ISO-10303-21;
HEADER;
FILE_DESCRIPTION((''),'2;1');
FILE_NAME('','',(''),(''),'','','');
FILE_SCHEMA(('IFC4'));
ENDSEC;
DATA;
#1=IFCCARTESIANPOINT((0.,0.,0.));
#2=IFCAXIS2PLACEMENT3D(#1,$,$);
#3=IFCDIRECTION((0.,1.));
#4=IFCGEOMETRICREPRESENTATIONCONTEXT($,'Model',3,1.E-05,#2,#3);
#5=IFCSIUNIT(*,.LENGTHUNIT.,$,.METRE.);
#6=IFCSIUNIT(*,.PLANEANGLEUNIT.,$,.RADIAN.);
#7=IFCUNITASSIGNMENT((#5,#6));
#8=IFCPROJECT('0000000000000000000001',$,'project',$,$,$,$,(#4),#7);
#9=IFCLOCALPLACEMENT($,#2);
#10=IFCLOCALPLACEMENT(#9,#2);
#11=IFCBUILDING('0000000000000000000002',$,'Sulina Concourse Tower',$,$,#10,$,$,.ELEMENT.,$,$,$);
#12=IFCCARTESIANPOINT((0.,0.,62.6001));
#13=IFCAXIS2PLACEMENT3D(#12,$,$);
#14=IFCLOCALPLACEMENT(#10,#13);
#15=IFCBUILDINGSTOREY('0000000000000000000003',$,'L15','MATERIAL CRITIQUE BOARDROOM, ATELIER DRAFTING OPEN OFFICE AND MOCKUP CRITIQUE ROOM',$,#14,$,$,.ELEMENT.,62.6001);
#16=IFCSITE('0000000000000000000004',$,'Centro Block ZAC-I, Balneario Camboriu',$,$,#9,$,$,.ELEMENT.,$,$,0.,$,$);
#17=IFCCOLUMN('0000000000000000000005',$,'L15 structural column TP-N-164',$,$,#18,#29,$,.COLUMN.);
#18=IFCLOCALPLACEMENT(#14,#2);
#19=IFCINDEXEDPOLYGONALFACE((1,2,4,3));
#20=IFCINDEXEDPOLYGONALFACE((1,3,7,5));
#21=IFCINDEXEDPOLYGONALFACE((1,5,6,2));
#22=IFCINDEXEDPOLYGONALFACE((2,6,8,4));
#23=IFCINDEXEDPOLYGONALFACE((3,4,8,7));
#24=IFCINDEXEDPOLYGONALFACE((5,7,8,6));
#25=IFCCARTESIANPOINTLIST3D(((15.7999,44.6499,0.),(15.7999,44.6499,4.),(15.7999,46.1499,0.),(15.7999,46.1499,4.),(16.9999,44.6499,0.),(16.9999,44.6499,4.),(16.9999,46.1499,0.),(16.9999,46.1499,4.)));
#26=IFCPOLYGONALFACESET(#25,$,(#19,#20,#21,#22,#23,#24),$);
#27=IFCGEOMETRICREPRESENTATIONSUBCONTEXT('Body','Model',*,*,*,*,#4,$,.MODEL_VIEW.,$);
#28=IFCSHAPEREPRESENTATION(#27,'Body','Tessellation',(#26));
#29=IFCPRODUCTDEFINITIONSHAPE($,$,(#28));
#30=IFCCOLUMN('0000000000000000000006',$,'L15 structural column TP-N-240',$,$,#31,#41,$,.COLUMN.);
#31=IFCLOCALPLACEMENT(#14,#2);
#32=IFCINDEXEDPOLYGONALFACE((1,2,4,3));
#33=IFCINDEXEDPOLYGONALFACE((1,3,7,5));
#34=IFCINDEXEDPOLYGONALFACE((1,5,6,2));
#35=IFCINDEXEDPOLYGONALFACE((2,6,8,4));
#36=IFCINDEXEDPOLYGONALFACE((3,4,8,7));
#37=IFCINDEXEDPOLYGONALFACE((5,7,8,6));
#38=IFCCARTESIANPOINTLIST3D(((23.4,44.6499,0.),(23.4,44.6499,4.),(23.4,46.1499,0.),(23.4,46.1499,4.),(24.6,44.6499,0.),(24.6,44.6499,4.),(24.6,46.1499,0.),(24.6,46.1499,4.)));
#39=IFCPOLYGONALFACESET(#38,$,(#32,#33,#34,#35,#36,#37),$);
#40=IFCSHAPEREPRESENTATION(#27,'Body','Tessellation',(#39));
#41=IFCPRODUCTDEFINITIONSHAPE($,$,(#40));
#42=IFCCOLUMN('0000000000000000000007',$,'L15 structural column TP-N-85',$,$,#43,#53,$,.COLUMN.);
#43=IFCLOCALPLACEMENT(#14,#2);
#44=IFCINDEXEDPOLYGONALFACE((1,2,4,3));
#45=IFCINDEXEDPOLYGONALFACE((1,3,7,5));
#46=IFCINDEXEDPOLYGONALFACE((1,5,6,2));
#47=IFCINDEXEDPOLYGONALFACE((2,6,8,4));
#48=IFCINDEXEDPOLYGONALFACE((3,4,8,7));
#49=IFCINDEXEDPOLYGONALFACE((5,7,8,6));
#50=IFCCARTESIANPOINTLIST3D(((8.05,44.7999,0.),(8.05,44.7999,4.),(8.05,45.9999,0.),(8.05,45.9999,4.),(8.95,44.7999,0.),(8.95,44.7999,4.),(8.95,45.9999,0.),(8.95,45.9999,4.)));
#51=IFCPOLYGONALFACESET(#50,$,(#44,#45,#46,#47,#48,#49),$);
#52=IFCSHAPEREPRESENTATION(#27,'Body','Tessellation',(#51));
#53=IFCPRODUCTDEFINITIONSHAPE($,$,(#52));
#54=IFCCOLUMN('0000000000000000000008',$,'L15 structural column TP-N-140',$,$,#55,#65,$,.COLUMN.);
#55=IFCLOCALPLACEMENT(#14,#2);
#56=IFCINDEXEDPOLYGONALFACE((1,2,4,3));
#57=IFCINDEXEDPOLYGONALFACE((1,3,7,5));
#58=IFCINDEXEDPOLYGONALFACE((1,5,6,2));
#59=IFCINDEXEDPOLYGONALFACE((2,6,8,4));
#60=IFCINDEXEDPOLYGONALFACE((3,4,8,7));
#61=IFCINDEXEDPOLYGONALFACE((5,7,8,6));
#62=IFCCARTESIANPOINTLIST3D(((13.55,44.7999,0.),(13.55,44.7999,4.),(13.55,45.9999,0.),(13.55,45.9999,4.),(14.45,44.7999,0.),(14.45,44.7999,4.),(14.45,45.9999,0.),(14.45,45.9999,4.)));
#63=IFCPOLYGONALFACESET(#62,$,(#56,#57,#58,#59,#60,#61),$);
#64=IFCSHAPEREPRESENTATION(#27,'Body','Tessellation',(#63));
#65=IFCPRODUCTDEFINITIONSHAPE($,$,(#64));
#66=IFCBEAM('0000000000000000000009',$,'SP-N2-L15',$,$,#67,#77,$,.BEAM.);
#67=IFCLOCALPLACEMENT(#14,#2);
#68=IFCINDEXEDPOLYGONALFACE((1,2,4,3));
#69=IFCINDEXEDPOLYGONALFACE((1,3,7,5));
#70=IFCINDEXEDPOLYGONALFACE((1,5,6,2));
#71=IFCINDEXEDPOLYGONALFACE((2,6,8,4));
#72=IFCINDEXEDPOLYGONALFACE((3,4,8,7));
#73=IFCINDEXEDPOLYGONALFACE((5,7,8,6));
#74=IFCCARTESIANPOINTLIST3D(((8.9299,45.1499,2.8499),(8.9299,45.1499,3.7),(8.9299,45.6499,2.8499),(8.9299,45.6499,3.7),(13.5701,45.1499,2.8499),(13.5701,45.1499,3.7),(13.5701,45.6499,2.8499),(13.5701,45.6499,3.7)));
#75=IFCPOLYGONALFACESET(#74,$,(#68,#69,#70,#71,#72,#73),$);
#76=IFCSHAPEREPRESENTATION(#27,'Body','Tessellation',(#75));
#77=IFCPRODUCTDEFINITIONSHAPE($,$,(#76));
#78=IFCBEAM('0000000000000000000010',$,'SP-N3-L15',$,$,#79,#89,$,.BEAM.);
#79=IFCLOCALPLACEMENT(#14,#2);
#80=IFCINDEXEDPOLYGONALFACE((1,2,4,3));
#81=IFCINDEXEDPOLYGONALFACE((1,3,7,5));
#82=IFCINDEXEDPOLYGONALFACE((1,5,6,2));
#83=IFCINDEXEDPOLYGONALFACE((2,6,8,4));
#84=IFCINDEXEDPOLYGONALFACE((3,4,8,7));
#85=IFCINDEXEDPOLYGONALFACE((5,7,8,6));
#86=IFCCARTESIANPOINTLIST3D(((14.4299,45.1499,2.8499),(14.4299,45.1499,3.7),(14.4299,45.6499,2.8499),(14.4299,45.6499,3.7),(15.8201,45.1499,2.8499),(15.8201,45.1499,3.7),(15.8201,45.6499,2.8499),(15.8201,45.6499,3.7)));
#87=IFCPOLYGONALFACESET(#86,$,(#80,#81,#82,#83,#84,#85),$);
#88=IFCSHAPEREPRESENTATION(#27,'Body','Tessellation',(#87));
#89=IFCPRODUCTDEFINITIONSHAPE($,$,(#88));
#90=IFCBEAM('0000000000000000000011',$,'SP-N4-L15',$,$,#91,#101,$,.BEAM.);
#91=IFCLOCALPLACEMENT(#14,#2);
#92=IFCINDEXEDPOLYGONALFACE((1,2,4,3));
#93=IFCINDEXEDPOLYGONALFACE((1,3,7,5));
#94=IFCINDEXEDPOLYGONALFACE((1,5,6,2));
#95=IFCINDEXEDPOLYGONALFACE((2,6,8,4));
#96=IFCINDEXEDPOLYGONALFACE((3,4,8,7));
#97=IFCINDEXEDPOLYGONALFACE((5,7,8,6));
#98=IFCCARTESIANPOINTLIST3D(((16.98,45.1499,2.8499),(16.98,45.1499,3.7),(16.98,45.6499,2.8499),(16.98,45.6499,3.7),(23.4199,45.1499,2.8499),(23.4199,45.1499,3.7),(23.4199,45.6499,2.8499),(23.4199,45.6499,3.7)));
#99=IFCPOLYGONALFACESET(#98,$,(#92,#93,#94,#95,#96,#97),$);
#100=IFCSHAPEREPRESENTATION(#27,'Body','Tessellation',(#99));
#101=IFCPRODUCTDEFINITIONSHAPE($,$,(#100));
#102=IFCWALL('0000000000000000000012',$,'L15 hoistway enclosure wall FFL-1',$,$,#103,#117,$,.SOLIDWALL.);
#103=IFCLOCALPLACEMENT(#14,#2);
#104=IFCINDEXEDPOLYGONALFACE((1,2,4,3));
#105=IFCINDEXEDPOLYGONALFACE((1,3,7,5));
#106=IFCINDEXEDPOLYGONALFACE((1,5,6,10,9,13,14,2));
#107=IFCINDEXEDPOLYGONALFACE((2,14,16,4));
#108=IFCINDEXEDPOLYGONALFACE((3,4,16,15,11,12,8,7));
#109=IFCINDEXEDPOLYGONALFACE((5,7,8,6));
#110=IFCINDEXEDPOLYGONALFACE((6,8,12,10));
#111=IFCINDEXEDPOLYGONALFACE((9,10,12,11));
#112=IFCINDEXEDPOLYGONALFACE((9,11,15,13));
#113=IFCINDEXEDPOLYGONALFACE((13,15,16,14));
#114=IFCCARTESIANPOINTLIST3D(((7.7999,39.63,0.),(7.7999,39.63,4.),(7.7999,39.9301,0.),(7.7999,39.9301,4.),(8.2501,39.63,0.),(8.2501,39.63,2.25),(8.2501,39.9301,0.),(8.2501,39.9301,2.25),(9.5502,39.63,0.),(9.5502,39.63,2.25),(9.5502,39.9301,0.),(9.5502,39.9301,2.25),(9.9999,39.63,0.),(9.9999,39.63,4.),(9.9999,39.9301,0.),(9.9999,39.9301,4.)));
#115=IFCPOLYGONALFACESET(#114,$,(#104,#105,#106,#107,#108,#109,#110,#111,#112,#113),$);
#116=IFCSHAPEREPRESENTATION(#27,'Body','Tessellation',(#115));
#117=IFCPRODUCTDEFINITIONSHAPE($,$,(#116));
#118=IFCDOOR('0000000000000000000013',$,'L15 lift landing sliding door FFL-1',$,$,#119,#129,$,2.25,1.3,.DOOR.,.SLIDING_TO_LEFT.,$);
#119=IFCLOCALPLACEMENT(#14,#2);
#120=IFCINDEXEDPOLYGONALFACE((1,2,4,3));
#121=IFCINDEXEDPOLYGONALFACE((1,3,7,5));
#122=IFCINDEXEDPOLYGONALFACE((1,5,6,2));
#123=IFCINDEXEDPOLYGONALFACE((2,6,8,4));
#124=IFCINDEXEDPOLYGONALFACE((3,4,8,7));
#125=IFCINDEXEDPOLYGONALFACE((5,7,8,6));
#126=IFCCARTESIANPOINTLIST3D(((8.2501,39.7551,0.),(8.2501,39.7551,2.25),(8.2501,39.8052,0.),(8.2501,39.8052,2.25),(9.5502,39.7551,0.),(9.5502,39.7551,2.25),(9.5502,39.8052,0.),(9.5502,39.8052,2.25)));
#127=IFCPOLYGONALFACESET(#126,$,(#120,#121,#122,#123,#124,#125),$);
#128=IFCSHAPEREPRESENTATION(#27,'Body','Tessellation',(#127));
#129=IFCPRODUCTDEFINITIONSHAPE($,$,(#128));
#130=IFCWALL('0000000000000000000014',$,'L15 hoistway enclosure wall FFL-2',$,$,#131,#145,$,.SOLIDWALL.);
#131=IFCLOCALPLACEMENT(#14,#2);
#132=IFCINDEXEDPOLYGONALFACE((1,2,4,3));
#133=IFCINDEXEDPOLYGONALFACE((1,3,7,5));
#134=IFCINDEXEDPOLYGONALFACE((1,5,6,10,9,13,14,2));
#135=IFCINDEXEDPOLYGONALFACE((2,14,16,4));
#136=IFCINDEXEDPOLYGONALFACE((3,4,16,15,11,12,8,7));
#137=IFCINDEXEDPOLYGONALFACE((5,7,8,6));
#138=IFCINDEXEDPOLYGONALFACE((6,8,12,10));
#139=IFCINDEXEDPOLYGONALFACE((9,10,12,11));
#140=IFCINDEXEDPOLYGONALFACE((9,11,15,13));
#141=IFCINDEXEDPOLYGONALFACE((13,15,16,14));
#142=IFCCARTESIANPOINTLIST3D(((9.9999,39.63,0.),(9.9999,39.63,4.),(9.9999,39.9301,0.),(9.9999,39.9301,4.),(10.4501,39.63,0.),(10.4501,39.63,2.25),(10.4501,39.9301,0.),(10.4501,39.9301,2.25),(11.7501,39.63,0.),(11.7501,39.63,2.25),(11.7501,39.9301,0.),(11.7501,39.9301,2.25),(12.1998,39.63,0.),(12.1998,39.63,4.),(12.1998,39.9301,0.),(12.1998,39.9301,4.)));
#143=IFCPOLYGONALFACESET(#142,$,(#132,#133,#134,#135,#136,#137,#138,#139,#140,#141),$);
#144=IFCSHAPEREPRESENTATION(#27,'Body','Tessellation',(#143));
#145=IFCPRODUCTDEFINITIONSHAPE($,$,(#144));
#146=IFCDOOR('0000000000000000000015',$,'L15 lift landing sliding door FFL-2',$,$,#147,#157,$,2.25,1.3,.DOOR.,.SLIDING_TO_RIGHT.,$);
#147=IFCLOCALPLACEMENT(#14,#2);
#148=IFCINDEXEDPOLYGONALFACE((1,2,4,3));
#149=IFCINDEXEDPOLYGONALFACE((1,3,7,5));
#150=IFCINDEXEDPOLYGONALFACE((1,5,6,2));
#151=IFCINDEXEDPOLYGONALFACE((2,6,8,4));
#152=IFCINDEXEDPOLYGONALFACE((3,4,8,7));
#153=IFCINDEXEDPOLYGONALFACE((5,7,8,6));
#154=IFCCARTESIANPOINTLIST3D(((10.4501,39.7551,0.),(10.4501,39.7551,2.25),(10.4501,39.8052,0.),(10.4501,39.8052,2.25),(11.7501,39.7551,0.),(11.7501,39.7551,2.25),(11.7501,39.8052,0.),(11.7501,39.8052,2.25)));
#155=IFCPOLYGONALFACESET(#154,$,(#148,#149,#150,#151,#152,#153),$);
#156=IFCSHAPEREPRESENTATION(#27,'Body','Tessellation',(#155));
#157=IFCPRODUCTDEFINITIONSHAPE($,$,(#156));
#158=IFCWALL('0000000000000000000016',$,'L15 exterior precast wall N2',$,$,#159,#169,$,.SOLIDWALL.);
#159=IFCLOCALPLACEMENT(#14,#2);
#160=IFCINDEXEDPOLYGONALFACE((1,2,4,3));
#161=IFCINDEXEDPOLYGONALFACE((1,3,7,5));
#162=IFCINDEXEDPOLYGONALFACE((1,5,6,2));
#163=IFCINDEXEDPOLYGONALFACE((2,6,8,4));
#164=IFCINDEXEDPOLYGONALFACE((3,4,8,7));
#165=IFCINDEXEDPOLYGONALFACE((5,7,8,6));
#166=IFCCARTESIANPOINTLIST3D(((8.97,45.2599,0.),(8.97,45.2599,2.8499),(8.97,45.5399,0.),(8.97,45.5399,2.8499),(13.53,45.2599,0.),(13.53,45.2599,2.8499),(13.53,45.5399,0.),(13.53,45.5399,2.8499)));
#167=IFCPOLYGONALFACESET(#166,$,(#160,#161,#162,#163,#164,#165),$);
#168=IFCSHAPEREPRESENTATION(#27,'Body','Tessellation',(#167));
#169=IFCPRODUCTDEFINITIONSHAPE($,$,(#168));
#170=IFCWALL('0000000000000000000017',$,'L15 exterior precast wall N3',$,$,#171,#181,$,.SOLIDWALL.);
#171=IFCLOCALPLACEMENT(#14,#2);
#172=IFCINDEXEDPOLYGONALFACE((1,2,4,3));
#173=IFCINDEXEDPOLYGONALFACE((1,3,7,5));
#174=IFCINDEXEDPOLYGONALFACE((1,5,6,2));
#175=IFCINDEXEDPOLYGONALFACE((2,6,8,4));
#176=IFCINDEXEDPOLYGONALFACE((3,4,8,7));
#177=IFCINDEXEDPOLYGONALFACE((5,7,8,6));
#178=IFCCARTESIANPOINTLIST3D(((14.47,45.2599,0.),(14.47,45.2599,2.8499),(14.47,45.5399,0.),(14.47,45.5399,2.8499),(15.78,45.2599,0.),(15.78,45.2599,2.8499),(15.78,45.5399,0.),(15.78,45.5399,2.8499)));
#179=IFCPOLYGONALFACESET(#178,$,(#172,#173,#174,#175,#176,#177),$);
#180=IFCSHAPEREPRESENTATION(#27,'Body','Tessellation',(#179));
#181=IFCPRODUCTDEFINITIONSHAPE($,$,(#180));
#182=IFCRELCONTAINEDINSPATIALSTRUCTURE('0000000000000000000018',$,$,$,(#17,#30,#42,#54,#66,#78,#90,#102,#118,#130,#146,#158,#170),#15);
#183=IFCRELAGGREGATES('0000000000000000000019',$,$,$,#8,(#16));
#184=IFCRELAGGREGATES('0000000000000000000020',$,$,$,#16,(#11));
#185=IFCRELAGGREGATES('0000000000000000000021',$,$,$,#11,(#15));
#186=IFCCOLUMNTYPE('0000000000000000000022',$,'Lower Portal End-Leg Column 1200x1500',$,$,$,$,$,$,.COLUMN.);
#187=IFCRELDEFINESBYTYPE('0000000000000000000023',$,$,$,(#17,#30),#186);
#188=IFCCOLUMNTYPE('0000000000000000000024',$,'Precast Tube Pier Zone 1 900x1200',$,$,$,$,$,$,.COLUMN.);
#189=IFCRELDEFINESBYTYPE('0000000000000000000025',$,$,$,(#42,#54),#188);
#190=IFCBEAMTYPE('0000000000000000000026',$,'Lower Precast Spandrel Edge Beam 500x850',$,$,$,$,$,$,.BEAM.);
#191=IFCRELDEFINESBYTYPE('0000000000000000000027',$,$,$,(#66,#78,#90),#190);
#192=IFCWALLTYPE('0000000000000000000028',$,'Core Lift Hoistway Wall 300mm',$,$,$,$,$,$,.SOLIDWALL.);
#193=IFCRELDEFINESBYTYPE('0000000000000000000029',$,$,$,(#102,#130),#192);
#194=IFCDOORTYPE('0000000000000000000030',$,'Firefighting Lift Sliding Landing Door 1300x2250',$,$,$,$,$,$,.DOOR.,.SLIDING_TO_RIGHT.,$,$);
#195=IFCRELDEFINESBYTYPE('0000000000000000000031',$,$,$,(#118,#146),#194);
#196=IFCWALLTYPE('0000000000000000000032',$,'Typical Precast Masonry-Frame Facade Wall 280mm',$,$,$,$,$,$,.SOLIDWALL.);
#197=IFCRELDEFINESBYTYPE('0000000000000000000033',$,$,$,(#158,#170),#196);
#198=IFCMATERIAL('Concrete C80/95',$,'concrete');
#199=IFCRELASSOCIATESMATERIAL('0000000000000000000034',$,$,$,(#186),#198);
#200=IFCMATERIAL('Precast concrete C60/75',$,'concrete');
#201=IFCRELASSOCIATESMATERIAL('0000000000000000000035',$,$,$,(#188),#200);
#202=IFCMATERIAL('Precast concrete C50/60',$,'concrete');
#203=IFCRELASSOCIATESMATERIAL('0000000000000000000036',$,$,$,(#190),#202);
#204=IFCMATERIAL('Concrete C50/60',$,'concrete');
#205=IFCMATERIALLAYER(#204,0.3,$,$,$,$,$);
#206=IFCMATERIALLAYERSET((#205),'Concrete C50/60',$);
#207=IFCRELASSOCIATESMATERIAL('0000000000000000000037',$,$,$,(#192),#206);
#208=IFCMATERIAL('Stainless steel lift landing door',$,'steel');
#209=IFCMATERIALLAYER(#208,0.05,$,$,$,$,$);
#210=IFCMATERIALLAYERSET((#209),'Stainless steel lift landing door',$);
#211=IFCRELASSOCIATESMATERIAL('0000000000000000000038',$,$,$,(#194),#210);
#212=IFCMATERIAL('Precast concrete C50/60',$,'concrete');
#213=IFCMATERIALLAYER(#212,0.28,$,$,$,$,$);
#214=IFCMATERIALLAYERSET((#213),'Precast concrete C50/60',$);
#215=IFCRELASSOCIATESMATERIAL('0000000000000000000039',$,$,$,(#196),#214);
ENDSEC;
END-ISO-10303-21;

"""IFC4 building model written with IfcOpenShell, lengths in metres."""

from ifc_helpers import new_model, si_unit, direction, frame, frame_2d, origin, origin_2d, place, context, subcontext, project, spatial, rectangle, extrude, material, layer, layer_set, material_profile, profile_set, type_object, element, fill, save


model = new_model("IFC4")

# Units and contexts
model_context = context("Model", 3, precision=1e-05, world=origin(), true_north=direction((0.0, 1.0)))
body_context = subcontext(model_context, "Body", "Model", "MODEL_VIEW")
ifc_project = project(units=[si_unit("LENGTHUNIT", "METRE"), si_unit("PLANEANGLEUNIT", "RADIAN")], contexts=[model_context])

# Site, building, storey
site_placement = place(None, origin())
site = spatial("IfcSite", under=ifc_project, at=site_placement, Name="Centro Block ZAC-I, Balneario Camboriu", CompositionType="ELEMENT", RefElevation=0.0)
building_placement = place(site_placement, origin())
building = spatial("IfcBuilding", under=site, at=building_placement, Name="Sulina Concourse Tower", CompositionType="ELEMENT")
storey_placement = place(building_placement, frame((0.0, 0.0, 62.6001)))
storey = spatial("IfcBuildingStorey", under=building, at=storey_placement, Name="L15", Description="MATERIAL CRITIQUE BOARDROOM, ATELIER DRAFTING OPEN OFFICE AND MOCKUP CRITIQUE ROOM", CompositionType="ELEMENT", Elevation=62.6001)

# Columns
ifc_material_1 = material(Name="Concrete C80/95", Category="concrete")
ifc_material_profile_1 = material_profile(ifc_material_1, rectangle(XDim=1.2, YDim=1.5, at=origin_2d()), Name="RC 1200x1500")
ifc_profile_set_1 = profile_set([ifc_material_profile_1], Name="Concrete C80/95")
column_type_1 = type_object("IfcColumnType", Name="Lower Portal End-Leg Column 1200x1500", PredefinedType="COLUMN", material=ifc_profile_set_1)
for number, where, z_axis, x_axis, name in (
    (1, (16.3999, 45.3999, 0.0), (0.0, 0.0, 1.0), (1.0, 0.0, 0.0), "L15 structural column TP-N-164"),
    (2, (24.0, 45.3999, 0.0), (0.0, 0.0, 1.0), (1.0, 0.0, 0.0), "L15 structural column TP-N-240"),
):
    element("IfcColumn", number, at=place(storey_placement, frame(where, z_axis=z_axis, x_axis=x_axis)), inside=storey, type_object=column_type_1, Name=name, PredefinedType="COLUMN", context=body_context, shape_type="SweptSolid", body=[
        extrude(rectangle(XDim=1.2, YDim=1.5, at=origin_2d()), origin(), (0.0, 0.0, 1.0), 4.0),
    ])
ifc_material_2 = material(Name="Precast concrete C60/75", Category="concrete")
ifc_material_profile_2 = material_profile(ifc_material_2, rectangle(XDim=0.8999, YDim=1.2, at=origin_2d()), Name="PC 900x1200")
ifc_profile_set_2 = profile_set([ifc_material_profile_2], Name="Precast concrete C60/75")
column_type_2 = type_object("IfcColumnType", Name="Precast Tube Pier Zone 1 900x1200", PredefinedType="COLUMN", material=ifc_profile_set_2)
for number, where, z_axis, x_axis, name in (
    (3, (8.5, 45.3999, 0.0), (0.0, 0.0, 1.0), (1.0, 0.0, 0.0), "L15 structural column TP-N-85"),
    (4, (14.0, 45.3999, 0.0), (0.0, 0.0, 1.0), (1.0, 0.0, 0.0), "L15 structural column TP-N-140"),
):
    element("IfcColumn", number, at=place(storey_placement, frame(where, z_axis=z_axis, x_axis=x_axis)), inside=storey, type_object=column_type_2, Name=name, PredefinedType="COLUMN", context=body_context, shape_type="SweptSolid", body=[
        extrude(rectangle(XDim=0.8999, YDim=1.2, at=origin_2d()), origin(), (0.0, 0.0, 1.0), 4.0),
    ])

# Beams
ifc_material_3 = material(Name="Precast concrete C50/60", Category="concrete")
ifc_material_profile_3 = material_profile(ifc_material_3, rectangle(XDim=0.5, YDim=0.8501, at=origin_2d()), Name="RC 500x850")
ifc_profile_set_3 = profile_set([ifc_material_profile_3], Name="Precast concrete C50/60")
beam_type = type_object("IfcBeamType", Name="Lower Precast Spandrel Edge Beam 500x850", PredefinedType="BEAM", material=ifc_profile_set_3)
beam_1_placement = place(storey_placement, frame((8.9299, 45.3999, 3.2749), z_axis=(1.0, 0.0, 0.0), x_axis=(0.0, 1.0, 0.0)))
element("IfcBeam", 5, at=beam_1_placement, inside=storey, type_object=beam_type, Name="SP-N2-L15", PredefinedType="BEAM", context=body_context, shape_type="SweptSolid", body=[
    extrude(rectangle(XDim=0.5, YDim=0.8501, at=origin_2d()), origin(), (0.0, 0.0, 1.0), 4.6401),
])
beam_2_placement = place(storey_placement, frame((14.4299, 45.3999, 3.2749), z_axis=(1.0, 0.0, 0.0), x_axis=(0.0, 1.0, 0.0)))
element("IfcBeam", 6, at=beam_2_placement, inside=storey, type_object=beam_type, Name="SP-N3-L15", PredefinedType="BEAM", context=body_context, shape_type="SweptSolid", body=[
    extrude(rectangle(XDim=0.5, YDim=0.8501, at=origin_2d()), origin(), (0.0, 0.0, 1.0), 1.3901),
])
beam_3_placement = place(storey_placement, frame((16.98, 45.3999, 3.2749), z_axis=(1.0, 0.0, 0.0), x_axis=(0.0, 1.0, 0.0)))
element("IfcBeam", 7, at=beam_3_placement, inside=storey, type_object=beam_type, Name="SP-N4-L15", PredefinedType="BEAM", context=body_context, shape_type="SweptSolid", body=[
    extrude(rectangle(XDim=0.5, YDim=0.8501, at=origin_2d()), origin(), (0.0, 0.0, 1.0), 6.4399),
])

# Walls, openings, doors
ifc_material_4 = material(Name="Concrete C50/60", Category="concrete")
ifc_layer_1 = layer(ifc_material_4, 0.3)
ifc_layer_set_1 = layer_set([ifc_layer_1], Name="Concrete C50/60")
wall_type_1 = type_object("IfcWallType", Name="Core Lift Hoistway Wall 300mm", PredefinedType="SOLIDWALL", material=ifc_layer_set_1)
wall_1_placement = place(storey_placement, frame((10.0, 39.78, 0.0), z_axis=(0.0, 0.0, 1.0), x_axis=(-1.0, 0.0, 0.0)))
wall_1 = element("IfcWall", 8, at=wall_1_placement, inside=storey, type_object=wall_type_1, Name="L15 hoistway enclosure wall FFL-1", PredefinedType="SOLIDWALL", context=body_context, shape_type="SweptSolid", body=[
    extrude(rectangle(XDim=2.2, YDim=0.3, at=frame_2d((1.1001, 0.0))), origin(), (0.0, 0.0, 1.0), 4.0),
])
opening_1_placement = place(wall_1_placement, frame((0.45, 0.0, 0.0)))
opening_1 = element("IfcOpeningElement", 9, at=opening_1_placement, cuts=wall_1, PredefinedType="OPENING", context=body_context, shape_type="SweptSolid", body=[
    extrude(rectangle(XDim=1.3, YDim=2.25, at=frame_2d((0.6499, 1.125))), frame((0.0, 0.1599, 0.0), z_axis=(0.0, -1.0, 0.0), x_axis=(1.0, 0.0, 0.0)), (0.0, 0.0, 1.0), 0.3201),
])
ifc_material_5 = material(Name="Stainless steel lift landing door", Category="steel")
ifc_layer_2 = layer(ifc_material_5, 0.05)
ifc_layer_set_2 = layer_set([ifc_layer_2], Name="Stainless steel lift landing door")
door_type = type_object("IfcDoorType", Name="Firefighting Lift Sliding Landing Door 1300x2250", OperationType="SLIDING_TO_RIGHT", PredefinedType="DOOR", material=ifc_layer_set_2)
door_1_placement = place(opening_1_placement, origin())
door_1 = element("IfcDoor", 10, at=door_1_placement, inside=storey, type_object=door_type, Name="L15 lift landing sliding door FFL-1", OperationType="SLIDING_TO_LEFT", OverallHeight=2.25, OverallWidth=1.3, PredefinedType="DOOR", context=body_context, shape_type="SweptSolid", body=[
    extrude(rectangle(XDim=1.3, YDim=2.25, at=frame_2d((0.6499, 1.125))), frame((0.0, 0.0249, 0.0), z_axis=(0.0, -1.0, 0.0), x_axis=(1.0, 0.0, 0.0)), (0.0, 0.0, 1.0), 0.05),
])
fill(opening_1, door_1)
wall_2_placement = place(storey_placement, frame((12.2, 39.78, 0.0), z_axis=(0.0, 0.0, 1.0), x_axis=(-1.0, 0.0, 0.0)))
wall_2 = element("IfcWall", 11, at=wall_2_placement, inside=storey, type_object=wall_type_1, Name="L15 hoistway enclosure wall FFL-2", PredefinedType="SOLIDWALL", context=body_context, shape_type="SweptSolid", body=[
    extrude(rectangle(XDim=2.2, YDim=0.3, at=frame_2d((1.1001, 0.0))), origin(), (0.0, 0.0, 1.0), 4.0),
])
opening_2_placement = place(wall_2_placement, frame((0.45, 0.0, 0.0)))
opening_2 = element("IfcOpeningElement", 12, at=opening_2_placement, cuts=wall_2, PredefinedType="OPENING", context=body_context, shape_type="SweptSolid", body=[
    extrude(rectangle(XDim=1.3, YDim=2.25, at=frame_2d((0.6499, 1.125))), frame((0.0, 0.1599, 0.0), z_axis=(0.0, -1.0, 0.0), x_axis=(1.0, 0.0, 0.0)), (0.0, 0.0, 1.0), 0.3201),
])
door_2_placement = place(opening_2_placement, origin())
door_2 = element("IfcDoor", 13, at=door_2_placement, inside=storey, type_object=door_type, Name="L15 lift landing sliding door FFL-2", OperationType="SLIDING_TO_RIGHT", OverallHeight=2.25, OverallWidth=1.3, PredefinedType="DOOR", context=body_context, shape_type="SweptSolid", body=[
    extrude(rectangle(XDim=1.3, YDim=2.25, at=frame_2d((0.6499, 1.125))), frame((0.0, 0.0249, 0.0), z_axis=(0.0, -1.0, 0.0), x_axis=(1.0, 0.0, 0.0)), (0.0, 0.0, 1.0), 0.05),
])
fill(opening_2, door_2)

# Walls
ifc_material_6 = material(Name="Precast concrete C50/60", Category="concrete")
ifc_layer_3 = layer(ifc_material_6, 0.28)
ifc_layer_set_3 = layer_set([ifc_layer_3], Name="Precast concrete C50/60")
wall_type_2 = type_object("IfcWallType", Name="Typical Precast Masonry-Frame Facade Wall 280mm", PredefinedType="SOLIDWALL", material=ifc_layer_set_3)
wall_3_placement = place(storey_placement, frame((8.97, 45.3999, 0.0), z_axis=(0.0, 0.0, 1.0), x_axis=(1.0, 0.0, 0.0)))
element("IfcWall", 14, at=wall_3_placement, inside=storey, type_object=wall_type_2, Name="L15 exterior precast wall N2", PredefinedType="SOLIDWALL", context=body_context, shape_type="SweptSolid", body=[
    extrude(rectangle(XDim=4.5601, YDim=0.28, at=frame_2d((2.28, 0.0))), origin(), (0.0, 0.0, 1.0), 2.8499),
])
wall_4_placement = place(storey_placement, frame((14.47, 45.3999, 0.0), z_axis=(0.0, 0.0, 1.0), x_axis=(1.0, 0.0, 0.0)))
element("IfcWall", 15, at=wall_4_placement, inside=storey, type_object=wall_type_2, Name="L15 exterior precast wall N3", PredefinedType="SOLIDWALL", context=body_context, shape_type="SweptSolid", body=[
    extrude(rectangle(XDim=1.3101, YDim=0.28, at=frame_2d((0.655, 0.0))), origin(), (0.0, 0.0, 1.0), 2.8499),
])

save(model, "model.ifc")
